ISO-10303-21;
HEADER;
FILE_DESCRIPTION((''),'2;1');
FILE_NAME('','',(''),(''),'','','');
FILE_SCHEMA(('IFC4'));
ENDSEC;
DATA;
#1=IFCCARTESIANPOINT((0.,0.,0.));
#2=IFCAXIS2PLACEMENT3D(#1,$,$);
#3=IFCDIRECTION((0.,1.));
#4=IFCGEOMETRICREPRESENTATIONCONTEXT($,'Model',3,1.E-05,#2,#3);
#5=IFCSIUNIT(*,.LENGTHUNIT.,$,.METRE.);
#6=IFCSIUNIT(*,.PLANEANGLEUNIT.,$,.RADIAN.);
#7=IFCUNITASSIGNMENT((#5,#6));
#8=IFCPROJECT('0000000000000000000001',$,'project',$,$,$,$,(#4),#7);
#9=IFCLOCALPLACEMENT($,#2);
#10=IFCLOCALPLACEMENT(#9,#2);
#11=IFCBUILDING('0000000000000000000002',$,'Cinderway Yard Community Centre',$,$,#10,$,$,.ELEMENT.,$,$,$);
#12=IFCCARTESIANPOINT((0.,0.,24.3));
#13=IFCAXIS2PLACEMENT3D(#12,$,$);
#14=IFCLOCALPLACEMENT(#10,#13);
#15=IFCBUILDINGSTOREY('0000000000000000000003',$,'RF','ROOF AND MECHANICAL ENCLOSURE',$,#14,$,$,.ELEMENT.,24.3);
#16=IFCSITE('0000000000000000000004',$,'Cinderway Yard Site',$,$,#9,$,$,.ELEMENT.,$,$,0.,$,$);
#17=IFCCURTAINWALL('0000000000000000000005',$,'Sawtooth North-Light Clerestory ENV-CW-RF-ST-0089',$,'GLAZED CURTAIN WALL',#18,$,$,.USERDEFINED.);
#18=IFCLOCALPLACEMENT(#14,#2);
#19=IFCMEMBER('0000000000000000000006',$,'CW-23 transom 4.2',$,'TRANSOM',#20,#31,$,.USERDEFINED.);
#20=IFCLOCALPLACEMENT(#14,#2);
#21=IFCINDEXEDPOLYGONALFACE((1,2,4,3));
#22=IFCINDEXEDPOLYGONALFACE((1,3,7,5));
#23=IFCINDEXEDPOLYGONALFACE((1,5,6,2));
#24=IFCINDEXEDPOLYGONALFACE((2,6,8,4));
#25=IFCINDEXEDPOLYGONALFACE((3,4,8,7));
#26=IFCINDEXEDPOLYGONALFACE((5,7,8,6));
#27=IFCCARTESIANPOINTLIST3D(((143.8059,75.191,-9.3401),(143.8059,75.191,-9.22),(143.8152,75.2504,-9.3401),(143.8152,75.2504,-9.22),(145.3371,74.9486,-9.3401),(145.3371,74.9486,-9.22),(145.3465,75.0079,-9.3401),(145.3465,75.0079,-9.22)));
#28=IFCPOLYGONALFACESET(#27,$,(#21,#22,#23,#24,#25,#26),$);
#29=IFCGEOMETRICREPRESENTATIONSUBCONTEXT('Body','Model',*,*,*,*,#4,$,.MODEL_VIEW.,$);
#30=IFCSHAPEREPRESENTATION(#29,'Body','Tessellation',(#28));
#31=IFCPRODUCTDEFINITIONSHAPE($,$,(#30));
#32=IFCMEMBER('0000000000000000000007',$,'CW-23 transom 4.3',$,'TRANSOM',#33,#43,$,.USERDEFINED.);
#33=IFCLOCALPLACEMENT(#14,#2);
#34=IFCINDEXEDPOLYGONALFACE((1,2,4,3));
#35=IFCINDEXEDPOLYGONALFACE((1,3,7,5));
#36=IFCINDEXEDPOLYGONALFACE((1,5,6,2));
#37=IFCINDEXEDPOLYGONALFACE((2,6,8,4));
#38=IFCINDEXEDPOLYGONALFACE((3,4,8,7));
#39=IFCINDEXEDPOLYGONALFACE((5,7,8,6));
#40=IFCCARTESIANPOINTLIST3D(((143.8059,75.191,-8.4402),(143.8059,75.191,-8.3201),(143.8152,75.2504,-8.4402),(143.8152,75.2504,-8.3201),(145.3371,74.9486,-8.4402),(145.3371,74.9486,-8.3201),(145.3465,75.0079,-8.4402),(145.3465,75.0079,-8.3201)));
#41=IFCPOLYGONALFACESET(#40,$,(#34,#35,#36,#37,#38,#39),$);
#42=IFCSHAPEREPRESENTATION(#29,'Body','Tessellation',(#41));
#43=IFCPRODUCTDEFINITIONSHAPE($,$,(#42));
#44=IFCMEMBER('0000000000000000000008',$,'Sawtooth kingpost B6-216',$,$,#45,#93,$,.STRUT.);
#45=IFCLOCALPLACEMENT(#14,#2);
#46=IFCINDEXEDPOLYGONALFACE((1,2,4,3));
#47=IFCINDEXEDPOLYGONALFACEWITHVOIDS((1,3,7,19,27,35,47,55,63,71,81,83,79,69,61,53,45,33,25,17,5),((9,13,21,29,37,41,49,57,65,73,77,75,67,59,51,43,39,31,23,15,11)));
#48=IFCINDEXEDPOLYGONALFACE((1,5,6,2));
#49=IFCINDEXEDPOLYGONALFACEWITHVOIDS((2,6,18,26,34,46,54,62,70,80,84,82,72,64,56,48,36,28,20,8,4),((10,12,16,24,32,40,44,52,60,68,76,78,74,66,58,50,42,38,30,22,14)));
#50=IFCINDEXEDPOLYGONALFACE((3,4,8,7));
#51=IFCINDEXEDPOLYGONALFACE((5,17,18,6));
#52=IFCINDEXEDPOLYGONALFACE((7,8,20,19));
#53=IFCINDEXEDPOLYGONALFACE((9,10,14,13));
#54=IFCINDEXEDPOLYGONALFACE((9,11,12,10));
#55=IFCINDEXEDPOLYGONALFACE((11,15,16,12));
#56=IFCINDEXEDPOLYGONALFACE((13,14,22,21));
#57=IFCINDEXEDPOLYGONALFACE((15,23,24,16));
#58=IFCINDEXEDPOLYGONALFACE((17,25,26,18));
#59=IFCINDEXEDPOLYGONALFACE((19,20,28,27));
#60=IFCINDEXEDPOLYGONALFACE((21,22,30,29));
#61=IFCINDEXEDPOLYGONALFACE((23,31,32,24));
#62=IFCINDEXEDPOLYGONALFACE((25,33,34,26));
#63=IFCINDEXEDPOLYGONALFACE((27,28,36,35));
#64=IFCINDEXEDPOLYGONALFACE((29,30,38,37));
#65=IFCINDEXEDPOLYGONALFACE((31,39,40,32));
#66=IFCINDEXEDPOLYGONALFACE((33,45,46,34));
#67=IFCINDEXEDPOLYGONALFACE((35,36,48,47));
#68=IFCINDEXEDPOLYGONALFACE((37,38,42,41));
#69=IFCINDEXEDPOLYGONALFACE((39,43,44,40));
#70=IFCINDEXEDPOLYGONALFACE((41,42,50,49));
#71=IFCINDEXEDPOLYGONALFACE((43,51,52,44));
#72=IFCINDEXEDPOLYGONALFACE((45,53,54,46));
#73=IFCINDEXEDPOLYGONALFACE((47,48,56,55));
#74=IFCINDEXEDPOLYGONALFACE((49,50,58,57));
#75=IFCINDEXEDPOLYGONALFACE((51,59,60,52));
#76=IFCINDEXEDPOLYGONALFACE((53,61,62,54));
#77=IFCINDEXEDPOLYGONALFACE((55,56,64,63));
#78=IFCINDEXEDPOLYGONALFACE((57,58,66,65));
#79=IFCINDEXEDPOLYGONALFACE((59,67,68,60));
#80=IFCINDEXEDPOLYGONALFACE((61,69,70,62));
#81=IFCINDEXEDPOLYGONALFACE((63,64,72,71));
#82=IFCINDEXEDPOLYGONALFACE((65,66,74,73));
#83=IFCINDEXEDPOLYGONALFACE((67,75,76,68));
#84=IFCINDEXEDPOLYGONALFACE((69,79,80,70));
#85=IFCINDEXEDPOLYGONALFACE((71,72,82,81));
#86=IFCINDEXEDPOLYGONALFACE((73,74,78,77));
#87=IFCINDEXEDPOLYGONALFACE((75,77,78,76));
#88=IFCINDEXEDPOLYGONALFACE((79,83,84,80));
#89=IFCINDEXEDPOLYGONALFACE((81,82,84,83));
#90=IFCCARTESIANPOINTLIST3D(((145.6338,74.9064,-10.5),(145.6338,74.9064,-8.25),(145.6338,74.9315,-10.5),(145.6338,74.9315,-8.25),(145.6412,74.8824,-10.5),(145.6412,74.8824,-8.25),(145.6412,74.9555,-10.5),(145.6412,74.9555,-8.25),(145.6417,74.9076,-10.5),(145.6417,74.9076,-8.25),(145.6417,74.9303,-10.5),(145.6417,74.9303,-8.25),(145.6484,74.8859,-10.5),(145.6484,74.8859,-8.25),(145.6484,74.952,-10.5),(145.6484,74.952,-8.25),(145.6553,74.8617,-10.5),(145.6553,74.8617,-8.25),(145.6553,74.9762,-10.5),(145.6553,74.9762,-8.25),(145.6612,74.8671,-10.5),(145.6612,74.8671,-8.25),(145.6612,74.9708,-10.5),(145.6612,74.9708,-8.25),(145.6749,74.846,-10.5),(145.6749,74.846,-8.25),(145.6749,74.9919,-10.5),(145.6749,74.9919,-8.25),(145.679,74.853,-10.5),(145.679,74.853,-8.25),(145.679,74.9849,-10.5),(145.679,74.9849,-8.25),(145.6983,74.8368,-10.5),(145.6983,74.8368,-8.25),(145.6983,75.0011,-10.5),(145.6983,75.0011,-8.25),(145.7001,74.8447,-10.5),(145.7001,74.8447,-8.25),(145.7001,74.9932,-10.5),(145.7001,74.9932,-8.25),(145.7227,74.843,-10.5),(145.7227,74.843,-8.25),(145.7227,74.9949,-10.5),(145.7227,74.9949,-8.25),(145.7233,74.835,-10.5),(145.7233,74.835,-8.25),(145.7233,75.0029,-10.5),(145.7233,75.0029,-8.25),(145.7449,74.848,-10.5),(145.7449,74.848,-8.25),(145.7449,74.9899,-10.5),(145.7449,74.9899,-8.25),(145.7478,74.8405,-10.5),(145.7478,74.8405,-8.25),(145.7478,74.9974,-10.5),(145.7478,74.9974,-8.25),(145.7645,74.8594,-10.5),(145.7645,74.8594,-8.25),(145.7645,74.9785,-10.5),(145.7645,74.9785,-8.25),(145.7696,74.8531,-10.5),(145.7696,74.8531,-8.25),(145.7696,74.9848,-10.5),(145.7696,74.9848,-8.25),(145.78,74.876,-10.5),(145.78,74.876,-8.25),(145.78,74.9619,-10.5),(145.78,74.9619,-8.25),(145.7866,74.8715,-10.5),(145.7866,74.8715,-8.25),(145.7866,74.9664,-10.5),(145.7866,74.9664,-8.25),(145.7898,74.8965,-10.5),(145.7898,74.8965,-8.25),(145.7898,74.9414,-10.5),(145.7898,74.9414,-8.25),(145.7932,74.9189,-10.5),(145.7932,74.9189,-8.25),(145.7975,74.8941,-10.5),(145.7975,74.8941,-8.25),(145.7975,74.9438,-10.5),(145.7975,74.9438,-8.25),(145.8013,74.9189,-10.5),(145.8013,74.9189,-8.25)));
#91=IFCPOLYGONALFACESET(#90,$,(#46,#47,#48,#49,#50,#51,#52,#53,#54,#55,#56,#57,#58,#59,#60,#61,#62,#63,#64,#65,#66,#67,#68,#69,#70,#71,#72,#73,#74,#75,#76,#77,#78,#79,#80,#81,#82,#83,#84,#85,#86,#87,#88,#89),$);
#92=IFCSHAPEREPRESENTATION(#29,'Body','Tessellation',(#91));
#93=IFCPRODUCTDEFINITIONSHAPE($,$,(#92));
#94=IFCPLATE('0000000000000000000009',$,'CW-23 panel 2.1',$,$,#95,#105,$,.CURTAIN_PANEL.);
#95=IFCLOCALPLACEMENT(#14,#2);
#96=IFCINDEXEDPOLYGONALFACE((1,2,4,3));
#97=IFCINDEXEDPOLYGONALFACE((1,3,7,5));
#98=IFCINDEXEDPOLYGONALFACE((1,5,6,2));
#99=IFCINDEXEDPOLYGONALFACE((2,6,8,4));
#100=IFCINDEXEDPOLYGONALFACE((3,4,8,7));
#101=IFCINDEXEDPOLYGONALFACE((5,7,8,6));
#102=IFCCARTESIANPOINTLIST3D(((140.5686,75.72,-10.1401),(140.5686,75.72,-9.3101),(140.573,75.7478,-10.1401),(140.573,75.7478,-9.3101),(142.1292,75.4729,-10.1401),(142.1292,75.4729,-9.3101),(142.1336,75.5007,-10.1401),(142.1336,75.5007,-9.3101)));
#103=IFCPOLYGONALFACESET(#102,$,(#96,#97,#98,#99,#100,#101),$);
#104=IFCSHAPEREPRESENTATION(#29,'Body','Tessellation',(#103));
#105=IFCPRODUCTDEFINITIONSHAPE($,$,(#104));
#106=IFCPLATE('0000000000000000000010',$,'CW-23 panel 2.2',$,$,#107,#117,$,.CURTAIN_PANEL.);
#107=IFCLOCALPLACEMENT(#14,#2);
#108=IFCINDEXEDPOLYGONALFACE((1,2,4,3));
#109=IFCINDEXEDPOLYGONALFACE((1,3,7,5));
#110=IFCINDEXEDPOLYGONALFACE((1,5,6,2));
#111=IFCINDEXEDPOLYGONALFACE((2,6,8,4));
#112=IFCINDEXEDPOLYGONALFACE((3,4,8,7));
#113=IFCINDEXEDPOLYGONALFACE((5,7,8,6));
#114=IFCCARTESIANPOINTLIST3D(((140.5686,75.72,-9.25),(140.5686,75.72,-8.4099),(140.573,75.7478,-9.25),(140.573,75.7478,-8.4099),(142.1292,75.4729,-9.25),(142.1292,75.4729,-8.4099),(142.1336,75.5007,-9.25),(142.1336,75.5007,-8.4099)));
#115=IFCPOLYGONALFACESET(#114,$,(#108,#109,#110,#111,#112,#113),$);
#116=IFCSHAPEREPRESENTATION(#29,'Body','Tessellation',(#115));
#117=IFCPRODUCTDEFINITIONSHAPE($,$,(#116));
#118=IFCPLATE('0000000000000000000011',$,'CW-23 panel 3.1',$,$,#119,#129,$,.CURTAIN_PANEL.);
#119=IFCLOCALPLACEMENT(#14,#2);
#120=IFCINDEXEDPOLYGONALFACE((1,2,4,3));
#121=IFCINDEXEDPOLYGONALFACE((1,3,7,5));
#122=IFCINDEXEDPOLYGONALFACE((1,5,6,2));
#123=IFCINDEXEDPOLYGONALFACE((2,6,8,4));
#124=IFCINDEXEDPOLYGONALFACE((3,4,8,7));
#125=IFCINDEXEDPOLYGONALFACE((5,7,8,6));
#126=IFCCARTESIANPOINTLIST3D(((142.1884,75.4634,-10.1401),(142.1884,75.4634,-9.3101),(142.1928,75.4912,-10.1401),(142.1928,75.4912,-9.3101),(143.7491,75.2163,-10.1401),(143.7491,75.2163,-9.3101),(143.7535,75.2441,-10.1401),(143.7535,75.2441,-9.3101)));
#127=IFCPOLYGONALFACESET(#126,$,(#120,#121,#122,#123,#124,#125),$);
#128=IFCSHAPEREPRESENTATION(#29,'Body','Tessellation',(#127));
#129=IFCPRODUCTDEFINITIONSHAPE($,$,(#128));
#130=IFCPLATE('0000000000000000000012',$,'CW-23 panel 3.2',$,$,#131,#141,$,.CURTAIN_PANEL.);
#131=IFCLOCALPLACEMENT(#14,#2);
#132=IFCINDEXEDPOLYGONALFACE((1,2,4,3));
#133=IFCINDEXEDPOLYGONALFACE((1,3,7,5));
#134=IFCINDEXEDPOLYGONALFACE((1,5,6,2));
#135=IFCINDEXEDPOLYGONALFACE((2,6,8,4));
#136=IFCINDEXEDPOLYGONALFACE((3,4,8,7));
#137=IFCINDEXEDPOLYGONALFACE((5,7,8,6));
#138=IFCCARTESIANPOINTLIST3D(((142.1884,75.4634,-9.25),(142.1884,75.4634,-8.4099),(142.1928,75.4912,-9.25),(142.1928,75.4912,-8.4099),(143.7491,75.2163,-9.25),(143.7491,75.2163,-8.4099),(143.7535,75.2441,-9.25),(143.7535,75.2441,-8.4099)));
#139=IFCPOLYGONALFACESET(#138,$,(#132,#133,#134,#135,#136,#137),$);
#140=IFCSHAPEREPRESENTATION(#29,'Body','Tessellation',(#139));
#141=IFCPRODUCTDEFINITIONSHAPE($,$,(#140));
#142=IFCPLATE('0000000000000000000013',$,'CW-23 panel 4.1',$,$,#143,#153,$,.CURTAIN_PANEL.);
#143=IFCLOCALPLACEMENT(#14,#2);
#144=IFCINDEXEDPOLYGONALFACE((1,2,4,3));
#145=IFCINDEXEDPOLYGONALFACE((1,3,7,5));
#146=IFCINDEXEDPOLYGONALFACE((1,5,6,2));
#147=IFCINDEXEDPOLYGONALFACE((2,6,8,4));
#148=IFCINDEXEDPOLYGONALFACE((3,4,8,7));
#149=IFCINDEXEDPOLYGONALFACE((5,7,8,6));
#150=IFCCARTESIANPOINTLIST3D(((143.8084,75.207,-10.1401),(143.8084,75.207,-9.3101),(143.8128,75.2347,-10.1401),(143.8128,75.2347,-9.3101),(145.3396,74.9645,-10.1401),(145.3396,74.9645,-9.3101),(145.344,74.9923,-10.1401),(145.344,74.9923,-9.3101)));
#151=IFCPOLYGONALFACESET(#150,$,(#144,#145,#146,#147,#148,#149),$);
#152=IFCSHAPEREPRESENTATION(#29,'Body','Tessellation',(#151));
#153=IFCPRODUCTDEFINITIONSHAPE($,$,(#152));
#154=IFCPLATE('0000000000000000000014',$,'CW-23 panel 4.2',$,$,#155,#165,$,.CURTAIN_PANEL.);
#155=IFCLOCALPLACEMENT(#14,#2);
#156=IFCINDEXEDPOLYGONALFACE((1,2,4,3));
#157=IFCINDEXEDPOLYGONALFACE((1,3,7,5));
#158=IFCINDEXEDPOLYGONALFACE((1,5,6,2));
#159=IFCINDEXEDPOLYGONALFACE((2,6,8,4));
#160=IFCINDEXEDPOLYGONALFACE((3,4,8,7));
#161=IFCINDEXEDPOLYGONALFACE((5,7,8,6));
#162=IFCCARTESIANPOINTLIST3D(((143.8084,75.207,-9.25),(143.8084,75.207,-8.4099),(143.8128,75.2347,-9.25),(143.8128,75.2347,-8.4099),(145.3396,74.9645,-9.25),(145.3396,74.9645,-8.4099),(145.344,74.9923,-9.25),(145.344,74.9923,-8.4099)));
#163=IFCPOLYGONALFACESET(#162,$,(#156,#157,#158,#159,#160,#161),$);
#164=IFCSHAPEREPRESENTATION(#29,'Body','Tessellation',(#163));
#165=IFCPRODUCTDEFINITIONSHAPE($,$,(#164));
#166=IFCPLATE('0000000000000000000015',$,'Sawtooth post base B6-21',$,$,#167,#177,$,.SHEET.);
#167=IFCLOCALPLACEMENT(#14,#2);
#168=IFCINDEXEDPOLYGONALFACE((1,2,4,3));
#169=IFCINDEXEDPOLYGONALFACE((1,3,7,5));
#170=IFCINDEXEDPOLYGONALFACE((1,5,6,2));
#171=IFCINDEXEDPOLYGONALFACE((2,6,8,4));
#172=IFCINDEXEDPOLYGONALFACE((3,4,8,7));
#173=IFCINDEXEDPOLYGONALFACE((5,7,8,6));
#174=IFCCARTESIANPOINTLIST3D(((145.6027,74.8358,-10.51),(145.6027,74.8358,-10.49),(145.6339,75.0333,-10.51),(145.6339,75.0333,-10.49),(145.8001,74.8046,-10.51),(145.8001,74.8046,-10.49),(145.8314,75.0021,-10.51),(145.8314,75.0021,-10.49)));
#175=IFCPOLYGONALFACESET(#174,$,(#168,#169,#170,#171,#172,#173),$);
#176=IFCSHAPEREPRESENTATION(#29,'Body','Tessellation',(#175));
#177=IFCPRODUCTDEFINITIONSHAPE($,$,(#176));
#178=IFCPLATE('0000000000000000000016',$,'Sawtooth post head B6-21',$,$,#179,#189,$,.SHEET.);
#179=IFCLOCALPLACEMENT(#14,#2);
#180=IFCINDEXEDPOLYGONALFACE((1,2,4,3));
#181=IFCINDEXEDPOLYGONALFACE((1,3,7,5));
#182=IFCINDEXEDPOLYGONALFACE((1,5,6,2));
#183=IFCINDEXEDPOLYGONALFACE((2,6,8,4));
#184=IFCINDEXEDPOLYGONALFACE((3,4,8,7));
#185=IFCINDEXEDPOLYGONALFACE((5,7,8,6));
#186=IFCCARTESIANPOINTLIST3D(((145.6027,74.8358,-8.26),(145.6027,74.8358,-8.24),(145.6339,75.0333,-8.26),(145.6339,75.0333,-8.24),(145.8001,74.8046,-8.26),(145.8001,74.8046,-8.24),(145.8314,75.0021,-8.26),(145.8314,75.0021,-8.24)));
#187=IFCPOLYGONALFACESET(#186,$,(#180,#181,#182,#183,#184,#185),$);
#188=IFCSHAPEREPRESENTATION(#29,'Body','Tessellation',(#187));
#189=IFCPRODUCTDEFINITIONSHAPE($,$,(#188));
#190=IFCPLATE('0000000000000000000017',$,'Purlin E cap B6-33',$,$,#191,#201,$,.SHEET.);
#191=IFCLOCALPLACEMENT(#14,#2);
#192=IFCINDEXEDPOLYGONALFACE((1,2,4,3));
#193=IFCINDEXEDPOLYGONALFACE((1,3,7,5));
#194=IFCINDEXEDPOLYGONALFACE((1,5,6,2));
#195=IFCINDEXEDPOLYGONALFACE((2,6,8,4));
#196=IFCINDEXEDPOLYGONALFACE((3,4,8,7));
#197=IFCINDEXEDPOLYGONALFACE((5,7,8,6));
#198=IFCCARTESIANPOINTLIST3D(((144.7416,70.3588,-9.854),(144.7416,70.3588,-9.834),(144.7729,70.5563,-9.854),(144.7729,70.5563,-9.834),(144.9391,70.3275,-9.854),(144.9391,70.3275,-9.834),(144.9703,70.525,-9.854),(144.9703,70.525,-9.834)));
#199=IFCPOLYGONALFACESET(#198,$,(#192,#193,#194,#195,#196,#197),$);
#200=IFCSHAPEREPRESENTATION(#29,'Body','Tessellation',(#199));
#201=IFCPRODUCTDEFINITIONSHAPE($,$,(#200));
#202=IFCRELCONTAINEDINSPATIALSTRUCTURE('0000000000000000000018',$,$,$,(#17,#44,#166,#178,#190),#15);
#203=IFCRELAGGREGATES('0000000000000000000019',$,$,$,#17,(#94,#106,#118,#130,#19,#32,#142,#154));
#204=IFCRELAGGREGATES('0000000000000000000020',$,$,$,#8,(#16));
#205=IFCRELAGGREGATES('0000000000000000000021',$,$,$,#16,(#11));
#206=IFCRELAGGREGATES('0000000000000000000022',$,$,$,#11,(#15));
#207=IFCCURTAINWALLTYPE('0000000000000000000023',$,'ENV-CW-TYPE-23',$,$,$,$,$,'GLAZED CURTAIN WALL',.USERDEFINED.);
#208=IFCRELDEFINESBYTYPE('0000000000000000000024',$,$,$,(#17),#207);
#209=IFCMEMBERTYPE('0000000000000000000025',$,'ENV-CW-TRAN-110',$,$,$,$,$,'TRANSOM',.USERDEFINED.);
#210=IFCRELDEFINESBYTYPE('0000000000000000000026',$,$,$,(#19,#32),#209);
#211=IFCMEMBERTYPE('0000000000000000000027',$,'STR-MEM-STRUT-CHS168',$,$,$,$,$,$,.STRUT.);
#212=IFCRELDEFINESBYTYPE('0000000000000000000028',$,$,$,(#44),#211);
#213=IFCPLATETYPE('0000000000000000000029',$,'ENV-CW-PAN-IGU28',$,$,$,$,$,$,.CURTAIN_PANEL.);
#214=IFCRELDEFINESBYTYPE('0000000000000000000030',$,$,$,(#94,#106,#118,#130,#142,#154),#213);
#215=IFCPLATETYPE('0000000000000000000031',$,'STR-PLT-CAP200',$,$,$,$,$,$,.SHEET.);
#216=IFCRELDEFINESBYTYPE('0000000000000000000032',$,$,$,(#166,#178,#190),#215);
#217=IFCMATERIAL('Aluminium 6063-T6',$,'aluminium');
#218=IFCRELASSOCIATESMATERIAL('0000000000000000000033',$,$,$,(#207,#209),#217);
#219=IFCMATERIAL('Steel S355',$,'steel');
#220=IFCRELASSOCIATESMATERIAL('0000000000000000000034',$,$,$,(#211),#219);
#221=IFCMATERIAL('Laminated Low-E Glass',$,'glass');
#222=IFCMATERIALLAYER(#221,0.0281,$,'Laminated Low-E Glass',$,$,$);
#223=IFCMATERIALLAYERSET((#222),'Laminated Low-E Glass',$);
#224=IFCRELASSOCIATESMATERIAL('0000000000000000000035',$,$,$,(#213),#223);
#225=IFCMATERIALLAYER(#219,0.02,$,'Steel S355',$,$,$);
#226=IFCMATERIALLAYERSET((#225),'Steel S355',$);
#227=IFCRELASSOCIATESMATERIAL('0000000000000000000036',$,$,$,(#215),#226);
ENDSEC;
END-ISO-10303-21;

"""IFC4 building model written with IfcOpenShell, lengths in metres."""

from ifc_helpers import new_model, si_unit, direction, frame, origin, origin_2d, place, context, subcontext, project, spatial, rectangle, hollow_circle, extrude, material, layer, layer_set, material_profile, profile_set, type_object, element, aggregate, save


model = new_model("IFC4")

# Units and contexts
model_context = context("Model", 3, precision=1e-05, world=origin(), true_north=direction((0.0, 1.0)))
body_context = subcontext(model_context, "Body", "Model", "MODEL_VIEW")
ifc_project = project(units=[si_unit("LENGTHUNIT", "METRE"), si_unit("PLANEANGLEUNIT", "RADIAN")], contexts=[model_context])

# Site, building, storey
site_placement = place(None, origin())
site = spatial("IfcSite", under=ifc_project, at=site_placement, Name="Cinderway Yard Site", CompositionType="ELEMENT", RefElevation=0.0)
building_placement = place(site_placement, origin())
building = spatial("IfcBuilding", under=site, at=building_placement, Name="Cinderway Yard Community Centre", CompositionType="ELEMENT")
storey_placement = place(building_placement, frame((0.0, 0.0, 24.3)))
storey = spatial("IfcBuildingStorey", under=building, at=storey_placement, Name="RF", Description="ROOF AND MECHANICAL ENCLOSURE", CompositionType="ELEMENT", Elevation=24.3)

# Shared definitions
ifc_material_1 = material(Name="Steel S355", Category="steel")

# Curtain wall, members
ifc_material_2 = material(Name="Aluminium 6063-T6", Category="aluminium")
curtain_wall_type = type_object("IfcCurtainWallType", Name="ENV-CW-TYPE-23", ElementType="GLAZED CURTAIN WALL", PredefinedType="USERDEFINED", material=ifc_material_2)
curtain_wall_placement = place(storey_placement, origin())
curtain_wall = element("IfcCurtainWall", 1, at=curtain_wall_placement, inside=storey, type_object=curtain_wall_type, Name="Sawtooth North-Light Clerestory ENV-CW-RF-ST-0089", ObjectType="GLAZED CURTAIN WALL", PredefinedType="USERDEFINED")
ifc_material_profile_1 = material_profile(ifc_material_2, rectangle(XDim=0.0601, YDim=0.1201, at=origin_2d()), Name="Aluminium 6063-T6")
ifc_profile_set_1 = profile_set([ifc_material_profile_1], Name="Aluminium 6063-T6")
member_type_1 = type_object("IfcMemberType", Name="ENV-CW-TRAN-110", ElementType="TRANSOM", PredefinedType="USERDEFINED", material=ifc_profile_set_1)
member_1_placement = place(storey_placement, frame((143.8105, 75.2207, -9.28), z_axis=(0.987698, -0.156375, 0.0), x_axis=(0.156375, 0.987698, 0.0)))
member_1 = element("IfcMember", 2, at=member_1_placement, type_object=member_type_1, Name="CW-23 transom 4.2", ObjectType="TRANSOM", PredefinedType="USERDEFINED", context=body_context, shape_type="SweptSolid", body=[
    extrude(rectangle(XDim=0.0601, YDim=0.1201, at=origin_2d()), origin(), (0.0, 0.0, 1.0), 1.5503),
])
member_2_placement = place(storey_placement, frame((143.8105, 75.2207, -8.3801), z_axis=(0.987698, -0.156375, 0.0), x_axis=(0.156375, 0.987698, 0.0)))
member_2 = element("IfcMember", 3, at=member_2_placement, type_object=member_type_1, Name="CW-23 transom 4.3", ObjectType="TRANSOM", PredefinedType="USERDEFINED", context=body_context, shape_type="SweptSolid", body=[
    extrude(rectangle(XDim=0.0601, YDim=0.1201, at=origin_2d()), origin(), (0.0, 0.0, 1.0), 1.5503),
])

# Member
ifc_material_profile_2 = material_profile(ifc_material_1, hollow_circle(Radius=0.0842, WallThickness=0.0081, at=origin_2d()), Name="Steel S355")
ifc_profile_set_2 = profile_set([ifc_material_profile_2], Name="Steel S355")
member_type_2 = type_object("IfcMemberType", Name="STR-MEM-STRUT-CHS168", PredefinedType="STRUT", material=ifc_profile_set_2)
member_3_placement = place(storey_placement, frame((145.717, 74.9189, -10.5), z_axis=(0.0, 0.0, 1.0), x_axis=(1.0, 0.0, 0.0)))
element("IfcMember", 4, at=member_3_placement, inside=storey, type_object=member_type_2, Name="Sawtooth kingpost B6-216", PredefinedType="STRUT", context=body_context, shape_type="SweptSolid", body=[
    extrude(hollow_circle(Radius=0.0842, WallThickness=0.0081, at=origin_2d()), origin(), (0.0, 0.0, 1.0), 2.25),
])

# Plates
ifc_material_3 = material(Name="Laminated Low-E Glass", Category="glass")
ifc_layer_1 = layer(ifc_material_3, 0.0281, Name="Laminated Low-E Glass")
ifc_layer_set_1 = layer_set([ifc_layer_1], Name="Laminated Low-E Glass")
plate_type_1 = type_object("IfcPlateType", Name="ENV-CW-PAN-IGU28", PredefinedType="CURTAIN_PANEL", material=ifc_layer_set_1)
plate_1_placement = place(storey_placement, frame((141.3511, 75.6104, -10.1401), z_axis=(0.0, 0.0, 1.0), x_axis=(0.987696, -0.156385, 0.0)))
plate_1 = element("IfcPlate", 5, at=plate_1_placement, type_object=plate_type_1, Name="CW-23 panel 2.1", PredefinedType="CURTAIN_PANEL", context=body_context, shape_type="SweptSolid", body=[
    extrude(rectangle(XDim=1.5801, YDim=0.0281, at=origin_2d()), origin(), (0.0, 0.0, 1.0), 0.8301),
])
plate_2_placement = place(storey_placement, frame((141.3511, 75.6104, -9.25), z_axis=(0.0, 0.0, 1.0), x_axis=(0.987696, -0.156385, 0.0)))
plate_2 = element("IfcPlate", 6, at=plate_2_placement, type_object=plate_type_1, Name="CW-23 panel 2.2", PredefinedType="CURTAIN_PANEL", context=body_context, shape_type="SweptSolid", body=[
    extrude(rectangle(XDim=1.5801, YDim=0.0281, at=origin_2d()), origin(), (0.0, 0.0, 1.0), 0.8401),
])
plate_3_placement = place(storey_placement, frame((142.9709, 75.3538, -10.1401), z_axis=(0.0, 0.0, 1.0), x_axis=(0.987696, -0.156385, 0.0)))
plate_3 = element("IfcPlate", 7, at=plate_3_placement, type_object=plate_type_1, Name="CW-23 panel 3.1", PredefinedType="CURTAIN_PANEL", context=body_context, shape_type="SweptSolid", body=[
    extrude(rectangle(XDim=1.5801, YDim=0.0281, at=origin_2d()), origin(), (0.0, 0.0, 1.0), 0.8301),
])
plate_4_placement = place(storey_placement, frame((142.9709, 75.3538, -9.25), z_axis=(0.0, 0.0, 1.0), x_axis=(0.987696, -0.156385, 0.0)))
plate_4 = element("IfcPlate", 8, at=plate_4_placement, type_object=plate_type_1, Name="CW-23 panel 3.2", PredefinedType="CURTAIN_PANEL", context=body_context, shape_type="SweptSolid", body=[
    extrude(rectangle(XDim=1.5801, YDim=0.0281, at=origin_2d()), origin(), (0.0, 0.0, 1.0), 0.8401),
])
plate_5_placement = place(storey_placement, frame((144.5762, 75.0996, -10.1401), z_axis=(0.0, 0.0, 1.0), x_axis=(0.987696, -0.156385, 0.0)))
plate_5 = element("IfcPlate", 9, at=plate_5_placement, type_object=plate_type_1, Name="CW-23 panel 4.1", PredefinedType="CURTAIN_PANEL", context=body_context, shape_type="SweptSolid", body=[
    extrude(rectangle(XDim=1.5503, YDim=0.0281, at=origin_2d()), origin(), (0.0, 0.0, 1.0), 0.8301),
])
plate_6_placement = place(storey_placement, frame((144.5762, 75.0996, -9.25), z_axis=(0.0, 0.0, 1.0), x_axis=(0.987696, -0.156385, 0.0)))
plate_6 = element("IfcPlate", 10, at=plate_6_placement, type_object=plate_type_1, Name="CW-23 panel 4.2", PredefinedType="CURTAIN_PANEL", context=body_context, shape_type="SweptSolid", body=[
    extrude(rectangle(XDim=1.5503, YDim=0.0281, at=origin_2d()), origin(), (0.0, 0.0, 1.0), 0.8401),
])
aggregate(curtain_wall, [plate_1, plate_2, plate_3, plate_4, member_1, member_2, plate_5, plate_6])

# Plates
ifc_layer_2 = layer(ifc_material_1, 0.02, Name="Steel S355")
ifc_layer_set_2 = layer_set([ifc_layer_2], Name="Steel S355")
plate_type_2 = type_object("IfcPlateType", Name="STR-PLT-CAP200", PredefinedType="SHEET", material=ifc_layer_set_2)
for number, where, z_axis, x_axis, name in (
    (11, (145.717, 74.9189, -10.51), (0.0, 0.0, 1.0), (0.987688, -0.156434, 0.0), "Sawtooth post base B6-21"),
    (12, (145.717, 74.9189, -8.26), (0.0, 0.0, 1.0), (0.987688, -0.156434, 0.0), "Sawtooth post head B6-21"),
    (13, (144.856, 70.4419, -9.854), (0.0, 0.0, 1.0), (0.987688, -0.156434, 0.0), "Purlin E cap B6-33"),
):
    element("IfcPlate", number, at=place(storey_placement, frame(where, z_axis=z_axis, x_axis=x_axis)), inside=storey, type_object=plate_type_2, Name=name, PredefinedType="SHEET", context=body_context, shape_type="SweptSolid", body=[
        extrude(rectangle(XDim=0.2, YDim=0.2, at=origin_2d()), origin(), (0.0, 0.0, 1.0), 0.02),
    ])

save(model, "model.ifc")
